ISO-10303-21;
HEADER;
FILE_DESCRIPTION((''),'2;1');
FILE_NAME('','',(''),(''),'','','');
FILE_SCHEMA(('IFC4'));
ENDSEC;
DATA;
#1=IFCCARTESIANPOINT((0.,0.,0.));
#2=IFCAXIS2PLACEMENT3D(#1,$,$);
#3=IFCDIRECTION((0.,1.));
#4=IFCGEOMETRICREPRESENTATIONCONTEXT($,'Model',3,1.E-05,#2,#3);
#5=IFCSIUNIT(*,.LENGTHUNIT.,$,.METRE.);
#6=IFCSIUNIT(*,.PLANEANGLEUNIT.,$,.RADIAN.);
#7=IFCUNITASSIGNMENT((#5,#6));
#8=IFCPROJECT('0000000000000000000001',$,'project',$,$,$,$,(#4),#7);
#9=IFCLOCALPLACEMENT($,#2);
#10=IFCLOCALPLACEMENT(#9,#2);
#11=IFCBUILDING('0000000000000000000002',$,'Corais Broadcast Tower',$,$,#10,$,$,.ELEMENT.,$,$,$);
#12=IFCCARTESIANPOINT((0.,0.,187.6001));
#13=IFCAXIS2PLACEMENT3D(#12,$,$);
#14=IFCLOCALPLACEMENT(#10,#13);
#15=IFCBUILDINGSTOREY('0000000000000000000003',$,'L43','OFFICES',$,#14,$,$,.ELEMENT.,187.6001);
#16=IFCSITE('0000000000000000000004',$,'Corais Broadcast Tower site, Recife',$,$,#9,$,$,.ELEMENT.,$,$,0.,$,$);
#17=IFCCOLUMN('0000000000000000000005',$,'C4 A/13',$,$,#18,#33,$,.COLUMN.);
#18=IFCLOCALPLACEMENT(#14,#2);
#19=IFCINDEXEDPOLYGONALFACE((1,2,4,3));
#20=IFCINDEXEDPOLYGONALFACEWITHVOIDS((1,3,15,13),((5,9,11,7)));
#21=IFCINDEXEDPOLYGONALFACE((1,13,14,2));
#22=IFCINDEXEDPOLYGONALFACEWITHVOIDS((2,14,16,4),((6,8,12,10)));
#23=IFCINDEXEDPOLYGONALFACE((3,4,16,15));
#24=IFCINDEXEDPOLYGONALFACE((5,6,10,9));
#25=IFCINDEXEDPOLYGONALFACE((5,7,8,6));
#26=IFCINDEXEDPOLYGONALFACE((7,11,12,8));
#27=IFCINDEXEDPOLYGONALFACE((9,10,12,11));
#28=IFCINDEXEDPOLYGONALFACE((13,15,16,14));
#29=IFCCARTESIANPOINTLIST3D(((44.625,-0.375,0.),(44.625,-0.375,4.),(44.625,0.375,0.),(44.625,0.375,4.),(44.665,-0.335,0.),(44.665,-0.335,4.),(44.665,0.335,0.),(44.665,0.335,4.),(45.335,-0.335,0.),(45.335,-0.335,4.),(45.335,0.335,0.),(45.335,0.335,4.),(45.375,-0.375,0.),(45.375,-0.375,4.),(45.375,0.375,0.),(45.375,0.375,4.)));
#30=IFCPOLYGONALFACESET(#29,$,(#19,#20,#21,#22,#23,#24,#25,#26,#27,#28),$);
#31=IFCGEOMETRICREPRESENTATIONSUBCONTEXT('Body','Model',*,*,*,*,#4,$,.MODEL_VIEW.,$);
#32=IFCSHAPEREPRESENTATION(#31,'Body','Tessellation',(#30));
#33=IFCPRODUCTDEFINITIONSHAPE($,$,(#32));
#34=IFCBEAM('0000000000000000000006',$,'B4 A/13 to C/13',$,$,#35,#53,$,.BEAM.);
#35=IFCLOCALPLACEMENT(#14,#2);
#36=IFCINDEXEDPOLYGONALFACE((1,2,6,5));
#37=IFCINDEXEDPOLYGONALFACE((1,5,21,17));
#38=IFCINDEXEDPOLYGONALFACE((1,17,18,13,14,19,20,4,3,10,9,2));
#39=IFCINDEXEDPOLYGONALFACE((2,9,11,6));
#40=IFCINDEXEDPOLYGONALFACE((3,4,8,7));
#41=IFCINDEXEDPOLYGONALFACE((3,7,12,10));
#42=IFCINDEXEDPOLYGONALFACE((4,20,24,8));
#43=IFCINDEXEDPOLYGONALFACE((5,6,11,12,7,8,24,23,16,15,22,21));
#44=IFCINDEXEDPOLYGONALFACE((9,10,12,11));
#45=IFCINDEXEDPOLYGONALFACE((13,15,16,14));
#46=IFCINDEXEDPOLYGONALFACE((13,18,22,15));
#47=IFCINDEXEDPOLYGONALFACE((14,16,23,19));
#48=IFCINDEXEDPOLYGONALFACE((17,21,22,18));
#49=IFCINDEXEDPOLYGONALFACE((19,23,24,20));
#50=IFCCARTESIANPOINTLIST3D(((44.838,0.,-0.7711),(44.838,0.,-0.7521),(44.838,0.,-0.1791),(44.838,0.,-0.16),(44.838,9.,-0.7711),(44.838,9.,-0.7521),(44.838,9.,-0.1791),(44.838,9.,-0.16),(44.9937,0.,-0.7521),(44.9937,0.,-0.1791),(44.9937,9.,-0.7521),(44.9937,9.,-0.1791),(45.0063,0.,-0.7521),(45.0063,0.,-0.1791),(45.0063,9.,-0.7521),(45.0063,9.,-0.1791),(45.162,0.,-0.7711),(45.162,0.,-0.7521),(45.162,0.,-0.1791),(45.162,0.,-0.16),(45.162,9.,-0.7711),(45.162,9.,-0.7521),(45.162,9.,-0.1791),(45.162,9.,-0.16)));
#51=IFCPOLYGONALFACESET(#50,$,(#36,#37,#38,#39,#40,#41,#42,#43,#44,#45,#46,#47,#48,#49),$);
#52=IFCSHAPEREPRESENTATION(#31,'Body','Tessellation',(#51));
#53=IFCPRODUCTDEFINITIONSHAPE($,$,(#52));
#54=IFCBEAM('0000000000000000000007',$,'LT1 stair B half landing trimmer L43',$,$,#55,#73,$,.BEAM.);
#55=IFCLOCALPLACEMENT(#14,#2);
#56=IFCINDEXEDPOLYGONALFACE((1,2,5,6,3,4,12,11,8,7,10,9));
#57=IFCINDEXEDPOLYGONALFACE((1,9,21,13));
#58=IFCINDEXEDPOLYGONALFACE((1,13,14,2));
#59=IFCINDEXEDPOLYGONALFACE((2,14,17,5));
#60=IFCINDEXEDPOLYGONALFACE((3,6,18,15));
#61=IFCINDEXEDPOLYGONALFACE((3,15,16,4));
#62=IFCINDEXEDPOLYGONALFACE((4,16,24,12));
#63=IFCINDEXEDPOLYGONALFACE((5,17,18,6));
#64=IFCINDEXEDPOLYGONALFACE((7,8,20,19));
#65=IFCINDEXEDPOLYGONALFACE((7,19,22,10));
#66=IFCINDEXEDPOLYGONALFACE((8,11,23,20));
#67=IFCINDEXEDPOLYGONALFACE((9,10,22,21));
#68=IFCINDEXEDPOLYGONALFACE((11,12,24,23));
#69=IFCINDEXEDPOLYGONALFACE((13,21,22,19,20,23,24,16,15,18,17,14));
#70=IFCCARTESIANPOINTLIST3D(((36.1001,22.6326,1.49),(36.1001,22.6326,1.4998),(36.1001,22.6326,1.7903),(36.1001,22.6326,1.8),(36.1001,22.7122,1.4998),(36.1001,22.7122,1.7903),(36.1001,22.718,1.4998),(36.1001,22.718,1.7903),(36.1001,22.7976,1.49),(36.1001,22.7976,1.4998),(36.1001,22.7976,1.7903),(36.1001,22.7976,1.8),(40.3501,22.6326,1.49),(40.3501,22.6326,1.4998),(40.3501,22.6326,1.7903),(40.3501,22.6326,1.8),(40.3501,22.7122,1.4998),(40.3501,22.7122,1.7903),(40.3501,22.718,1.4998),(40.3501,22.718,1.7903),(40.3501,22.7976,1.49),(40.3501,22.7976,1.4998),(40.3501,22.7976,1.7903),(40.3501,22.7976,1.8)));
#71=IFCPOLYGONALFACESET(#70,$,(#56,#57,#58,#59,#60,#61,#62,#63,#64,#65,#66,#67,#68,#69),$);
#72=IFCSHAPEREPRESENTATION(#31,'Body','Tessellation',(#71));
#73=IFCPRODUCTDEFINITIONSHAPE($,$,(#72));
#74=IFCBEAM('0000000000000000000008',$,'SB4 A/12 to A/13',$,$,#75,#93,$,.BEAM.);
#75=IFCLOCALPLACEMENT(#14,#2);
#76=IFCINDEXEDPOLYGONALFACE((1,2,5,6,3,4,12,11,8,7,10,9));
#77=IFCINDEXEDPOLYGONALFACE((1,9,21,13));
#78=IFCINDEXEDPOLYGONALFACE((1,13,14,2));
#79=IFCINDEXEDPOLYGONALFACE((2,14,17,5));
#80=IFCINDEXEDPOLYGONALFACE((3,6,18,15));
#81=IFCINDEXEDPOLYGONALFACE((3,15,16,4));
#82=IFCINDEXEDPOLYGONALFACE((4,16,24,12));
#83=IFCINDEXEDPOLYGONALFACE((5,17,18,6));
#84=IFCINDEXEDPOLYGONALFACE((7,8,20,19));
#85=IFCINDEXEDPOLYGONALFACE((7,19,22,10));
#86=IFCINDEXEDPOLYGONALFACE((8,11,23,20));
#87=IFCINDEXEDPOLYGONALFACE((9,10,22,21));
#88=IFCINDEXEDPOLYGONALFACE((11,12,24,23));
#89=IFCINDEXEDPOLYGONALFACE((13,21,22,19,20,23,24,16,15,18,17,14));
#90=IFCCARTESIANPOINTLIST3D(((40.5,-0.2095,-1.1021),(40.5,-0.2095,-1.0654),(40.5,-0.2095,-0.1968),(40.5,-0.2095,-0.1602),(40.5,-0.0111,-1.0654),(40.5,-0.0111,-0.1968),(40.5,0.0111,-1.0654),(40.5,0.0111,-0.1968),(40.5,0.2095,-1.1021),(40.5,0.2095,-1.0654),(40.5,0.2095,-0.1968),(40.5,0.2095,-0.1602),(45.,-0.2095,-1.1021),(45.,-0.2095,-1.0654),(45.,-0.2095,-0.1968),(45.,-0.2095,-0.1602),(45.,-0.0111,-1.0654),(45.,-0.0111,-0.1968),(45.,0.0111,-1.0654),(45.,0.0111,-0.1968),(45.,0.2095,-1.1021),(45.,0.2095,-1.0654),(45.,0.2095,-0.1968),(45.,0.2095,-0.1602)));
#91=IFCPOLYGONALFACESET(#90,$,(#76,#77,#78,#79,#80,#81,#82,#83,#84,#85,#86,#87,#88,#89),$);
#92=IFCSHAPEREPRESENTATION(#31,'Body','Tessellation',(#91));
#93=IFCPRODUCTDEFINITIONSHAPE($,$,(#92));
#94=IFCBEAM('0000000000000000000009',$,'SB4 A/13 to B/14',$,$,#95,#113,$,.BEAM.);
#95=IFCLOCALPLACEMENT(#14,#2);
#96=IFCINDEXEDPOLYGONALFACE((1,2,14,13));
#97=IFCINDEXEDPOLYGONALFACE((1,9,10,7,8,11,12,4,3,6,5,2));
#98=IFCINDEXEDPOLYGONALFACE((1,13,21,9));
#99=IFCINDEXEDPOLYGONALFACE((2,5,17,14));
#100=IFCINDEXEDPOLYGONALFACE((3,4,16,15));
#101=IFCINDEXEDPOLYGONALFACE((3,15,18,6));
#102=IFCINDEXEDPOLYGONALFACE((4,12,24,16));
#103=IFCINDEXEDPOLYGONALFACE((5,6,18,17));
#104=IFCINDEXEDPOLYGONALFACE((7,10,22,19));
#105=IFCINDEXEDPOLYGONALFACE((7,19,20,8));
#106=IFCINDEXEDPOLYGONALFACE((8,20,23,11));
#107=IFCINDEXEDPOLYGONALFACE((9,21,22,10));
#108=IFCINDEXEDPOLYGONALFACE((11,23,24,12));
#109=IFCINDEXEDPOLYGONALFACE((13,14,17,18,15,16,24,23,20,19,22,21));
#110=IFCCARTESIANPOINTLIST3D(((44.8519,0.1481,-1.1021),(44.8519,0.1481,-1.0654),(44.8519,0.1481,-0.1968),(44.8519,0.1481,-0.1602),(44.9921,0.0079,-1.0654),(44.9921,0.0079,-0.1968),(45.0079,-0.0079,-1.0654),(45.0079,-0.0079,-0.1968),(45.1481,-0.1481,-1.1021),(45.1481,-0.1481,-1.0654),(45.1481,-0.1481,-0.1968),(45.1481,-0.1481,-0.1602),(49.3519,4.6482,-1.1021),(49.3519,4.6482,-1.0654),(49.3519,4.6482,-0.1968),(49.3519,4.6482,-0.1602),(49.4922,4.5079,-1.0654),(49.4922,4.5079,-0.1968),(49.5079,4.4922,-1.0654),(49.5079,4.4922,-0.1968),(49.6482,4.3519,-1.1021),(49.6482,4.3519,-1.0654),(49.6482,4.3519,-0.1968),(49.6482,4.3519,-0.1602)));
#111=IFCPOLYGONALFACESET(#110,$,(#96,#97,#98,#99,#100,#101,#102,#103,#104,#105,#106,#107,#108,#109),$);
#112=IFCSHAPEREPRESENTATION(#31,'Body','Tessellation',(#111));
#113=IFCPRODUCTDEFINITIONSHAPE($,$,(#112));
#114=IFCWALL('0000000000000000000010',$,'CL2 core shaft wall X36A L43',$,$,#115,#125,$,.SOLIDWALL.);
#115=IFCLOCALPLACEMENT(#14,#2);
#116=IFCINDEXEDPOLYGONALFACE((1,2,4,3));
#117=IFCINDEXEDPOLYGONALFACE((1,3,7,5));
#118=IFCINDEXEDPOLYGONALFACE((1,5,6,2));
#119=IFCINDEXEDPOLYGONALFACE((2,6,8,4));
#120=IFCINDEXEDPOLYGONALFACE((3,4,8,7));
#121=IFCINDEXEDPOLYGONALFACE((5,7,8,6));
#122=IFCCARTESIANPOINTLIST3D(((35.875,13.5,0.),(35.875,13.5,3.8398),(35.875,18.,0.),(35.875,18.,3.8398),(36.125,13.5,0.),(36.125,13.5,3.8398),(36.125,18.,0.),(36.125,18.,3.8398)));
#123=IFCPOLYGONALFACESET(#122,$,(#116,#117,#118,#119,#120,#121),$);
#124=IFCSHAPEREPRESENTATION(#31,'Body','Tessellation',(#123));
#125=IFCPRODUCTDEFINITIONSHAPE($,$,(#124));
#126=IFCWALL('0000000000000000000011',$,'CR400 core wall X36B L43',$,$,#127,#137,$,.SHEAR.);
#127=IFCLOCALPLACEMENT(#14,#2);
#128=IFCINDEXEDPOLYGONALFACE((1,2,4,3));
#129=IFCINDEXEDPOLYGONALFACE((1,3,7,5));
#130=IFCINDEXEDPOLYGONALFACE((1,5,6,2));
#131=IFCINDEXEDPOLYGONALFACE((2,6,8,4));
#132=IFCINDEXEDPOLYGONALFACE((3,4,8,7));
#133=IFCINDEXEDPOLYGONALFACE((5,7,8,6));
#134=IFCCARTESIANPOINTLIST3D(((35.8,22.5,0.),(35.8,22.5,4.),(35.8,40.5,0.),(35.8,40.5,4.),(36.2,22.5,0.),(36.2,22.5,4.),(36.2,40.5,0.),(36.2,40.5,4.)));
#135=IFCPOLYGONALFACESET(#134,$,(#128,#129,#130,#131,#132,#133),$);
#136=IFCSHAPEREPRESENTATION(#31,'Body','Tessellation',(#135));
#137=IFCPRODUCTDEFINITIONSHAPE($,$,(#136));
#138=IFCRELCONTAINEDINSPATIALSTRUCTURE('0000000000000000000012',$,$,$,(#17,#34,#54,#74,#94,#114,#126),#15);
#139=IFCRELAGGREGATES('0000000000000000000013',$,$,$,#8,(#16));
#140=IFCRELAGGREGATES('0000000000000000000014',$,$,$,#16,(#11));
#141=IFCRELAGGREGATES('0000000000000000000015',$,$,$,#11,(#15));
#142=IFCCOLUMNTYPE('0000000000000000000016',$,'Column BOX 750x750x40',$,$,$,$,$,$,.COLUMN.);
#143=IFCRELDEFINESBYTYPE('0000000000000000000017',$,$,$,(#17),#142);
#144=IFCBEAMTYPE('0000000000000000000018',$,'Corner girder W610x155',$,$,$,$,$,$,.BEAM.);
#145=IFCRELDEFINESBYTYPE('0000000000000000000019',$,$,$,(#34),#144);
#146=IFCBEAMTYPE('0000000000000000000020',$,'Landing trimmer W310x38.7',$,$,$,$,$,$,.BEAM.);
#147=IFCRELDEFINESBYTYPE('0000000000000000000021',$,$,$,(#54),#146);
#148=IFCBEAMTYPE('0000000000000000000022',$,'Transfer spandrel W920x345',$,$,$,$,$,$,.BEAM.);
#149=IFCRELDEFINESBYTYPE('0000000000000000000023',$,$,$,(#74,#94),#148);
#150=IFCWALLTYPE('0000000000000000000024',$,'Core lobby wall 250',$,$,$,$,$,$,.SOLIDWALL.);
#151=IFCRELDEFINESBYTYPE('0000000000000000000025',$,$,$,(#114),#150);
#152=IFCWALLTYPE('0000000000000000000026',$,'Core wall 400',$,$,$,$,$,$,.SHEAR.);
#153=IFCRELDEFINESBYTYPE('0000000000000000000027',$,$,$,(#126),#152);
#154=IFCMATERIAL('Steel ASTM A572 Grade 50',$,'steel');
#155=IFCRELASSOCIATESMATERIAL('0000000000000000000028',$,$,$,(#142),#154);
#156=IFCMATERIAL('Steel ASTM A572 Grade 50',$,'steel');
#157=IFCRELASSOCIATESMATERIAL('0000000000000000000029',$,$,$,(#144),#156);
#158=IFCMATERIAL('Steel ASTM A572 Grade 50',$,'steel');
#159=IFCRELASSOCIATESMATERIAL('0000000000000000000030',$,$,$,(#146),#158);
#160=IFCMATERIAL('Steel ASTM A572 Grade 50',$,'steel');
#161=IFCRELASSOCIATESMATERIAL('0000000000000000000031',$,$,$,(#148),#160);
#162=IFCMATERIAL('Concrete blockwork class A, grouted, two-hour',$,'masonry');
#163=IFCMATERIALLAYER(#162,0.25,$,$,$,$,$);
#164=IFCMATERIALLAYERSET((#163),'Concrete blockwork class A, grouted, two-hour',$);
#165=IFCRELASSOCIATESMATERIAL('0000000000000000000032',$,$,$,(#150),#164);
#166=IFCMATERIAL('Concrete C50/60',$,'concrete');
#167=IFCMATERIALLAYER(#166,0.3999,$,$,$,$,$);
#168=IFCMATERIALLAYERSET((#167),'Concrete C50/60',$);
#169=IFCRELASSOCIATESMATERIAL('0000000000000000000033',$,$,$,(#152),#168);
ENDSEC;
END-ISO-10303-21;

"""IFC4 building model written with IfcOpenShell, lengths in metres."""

from ifc_helpers import new_model, si_unit, direction, frame, frame_2d, origin, origin_2d, place, context, subcontext, project, spatial, rectangle, hollow_rectangle, i_section, extrude, material, layer, layer_set, material_profile, profile_set, type_object, element, save


model = new_model("IFC4")

# Units and contexts
model_context = context("Model", 3, precision=1e-05, world=origin(), true_north=direction((0.0, 1.0)))
body_context = subcontext(model_context, "Body", "Model", "MODEL_VIEW")
ifc_project = project(units=[si_unit("LENGTHUNIT", "METRE"), si_unit("PLANEANGLEUNIT", "RADIAN")], contexts=[model_context])

# Site, building, storey
site_placement = place(None, origin())
site = spatial("IfcSite", under=ifc_project, at=site_placement, Name="Corais Broadcast Tower site, Recife", CompositionType="ELEMENT", RefElevation=0.0)
building_placement = place(site_placement, origin())
building = spatial("IfcBuilding", under=site, at=building_placement, Name="Corais Broadcast Tower", CompositionType="ELEMENT")
storey_placement = place(building_placement, frame((0.0, 0.0, 187.6001)))
storey = spatial("IfcBuildingStorey", under=building, at=storey_placement, Name="L43", Description="OFFICES", CompositionType="ELEMENT", Elevation=187.6001)

# Column
ifc_material_1 = material(Name="Steel ASTM A572 Grade 50", Category="steel")
ifc_material_profile_1 = material_profile(ifc_material_1, hollow_rectangle(XDim=0.75, YDim=0.75, WallThickness=0.04, at=origin_2d()), Name="BOX 750x750x40")
ifc_profile_set_1 = profile_set([ifc_material_profile_1], Name="Steel ASTM A572 Grade 50")
column_type = type_object("IfcColumnType", Name="Column BOX 750x750x40", PredefinedType="COLUMN", material=ifc_profile_set_1)
column_placement = place(storey_placement, frame((45.0, 0.0, 0.0), z_axis=(0.0, 0.0, 1.0), x_axis=(1.0, 0.0, 0.0)))
element("IfcColumn", 1, at=column_placement, inside=storey, type_object=column_type, Name="C4 A/13", PredefinedType="COLUMN", context=body_context, shape_type="SweptSolid", body=[
    extrude(hollow_rectangle(XDim=0.75, YDim=0.75, WallThickness=0.04, at=origin_2d()), origin(), (0.0, 0.0, 1.0), 4.0),
])

# Beams
ifc_material_2 = material(Name="Steel ASTM A572 Grade 50", Category="steel")
ifc_material_profile_2 = material_profile(ifc_material_2, i_section(OverallWidth=0.324, OverallDepth=0.6111, WebThickness=0.0127, FlangeThickness=0.019, at=origin_2d()), Name="W610x155")
ifc_profile_set_2 = profile_set([ifc_material_profile_2], Name="Steel ASTM A572 Grade 50")
beam_type_1 = type_object("IfcBeamType", Name="Corner girder W610x155", PredefinedType="BEAM", material=ifc_profile_set_2)
beam_1_placement = place(storey_placement, frame((45.0, 0.0, -0.4656), z_axis=(0.0, 1.0, 0.0), x_axis=(-1.0, 0.0, 0.0)))
element("IfcBeam", 2, at=beam_1_placement, inside=storey, type_object=beam_type_1, Name="B4 A/13 to C/13", PredefinedType="BEAM", context=body_context, shape_type="SweptSolid", body=[
    extrude(i_section(OverallWidth=0.324, OverallDepth=0.6111, WebThickness=0.0127, FlangeThickness=0.019, at=origin_2d()), origin(), (0.0, 0.0, 1.0), 9.0),
])
ifc_material_3 = material(Name="Steel ASTM A572 Grade 50", Category="steel")
ifc_material_profile_3 = material_profile(ifc_material_3, i_section(OverallWidth=0.165, OverallDepth=0.3101, WebThickness=0.0059, FlangeThickness=0.0098, at=origin_2d()), Name="W310x38.7")
ifc_profile_set_3 = profile_set([ifc_material_profile_3], Name="Steel ASTM A572 Grade 50")
beam_type_2 = type_object("IfcBeamType", Name="Landing trimmer W310x38.7", PredefinedType="BEAM", material=ifc_profile_set_3)
beam_2_placement = place(storey_placement, frame((36.1001, 22.7151, 1.645), z_axis=(1.0, 0.0, 0.0), x_axis=(0.0, 1.0, 0.0)))
element("IfcBeam", 3, at=beam_2_placement, inside=storey, type_object=beam_type_2, Name="LT1 stair B half landing trimmer L43", PredefinedType="BEAM", context=body_context, shape_type="SweptSolid", body=[
    extrude(i_section(OverallWidth=0.165, OverallDepth=0.3101, WebThickness=0.0059, FlangeThickness=0.0098, at=origin_2d()), origin(), (0.0, 0.0, 1.0), 4.25),
])
ifc_material_4 = material(Name="Steel ASTM A572 Grade 50", Category="steel")
ifc_material_profile_4 = material_profile(ifc_material_4, i_section(OverallWidth=0.4189, OverallDepth=0.9419, WebThickness=0.0222, FlangeThickness=0.0366, at=origin_2d()), Name="W920x345")
ifc_profile_set_4 = profile_set([ifc_material_profile_4], Name="Steel ASTM A572 Grade 50")
beam_type_3 = type_object("IfcBeamType", Name="Transfer spandrel W920x345", PredefinedType="BEAM", material=ifc_profile_set_4)
beam_3_placement = place(storey_placement, frame((40.5, 0.0, -0.6311), z_axis=(1.0, 0.0, 0.0), x_axis=(0.0, 1.0, 0.0)))
element("IfcBeam", 4, at=beam_3_placement, inside=storey, type_object=beam_type_3, Name="SB4 A/12 to A/13", PredefinedType="BEAM", context=body_context, shape_type="SweptSolid", body=[
    extrude(i_section(OverallWidth=0.4189, OverallDepth=0.9419, WebThickness=0.0222, FlangeThickness=0.0366, at=origin_2d()), origin(), (0.0, 0.0, 1.0), 4.5),
])
beam_4_placement = place(storey_placement, frame((45.0, 0.0, -0.6311), z_axis=(0.707107, 0.707107, 0.0), x_axis=(-0.707107, 0.707107, 0.0)))
element("IfcBeam", 5, at=beam_4_placement, inside=storey, type_object=beam_type_3, Name="SB4 A/13 to B/14", PredefinedType="BEAM", context=body_context, shape_type="SweptSolid", body=[
    extrude(i_section(OverallWidth=0.4189, OverallDepth=0.9419, WebThickness=0.0222, FlangeThickness=0.0366, at=origin_2d()), origin(), (0.0, 0.0, 1.0), 6.364),
])

# Walls
ifc_material_5 = material(Name="Concrete blockwork class A, grouted, two-hour", Category="masonry")
ifc_layer_1 = layer(ifc_material_5, 0.25)
ifc_layer_set_1 = layer_set([ifc_layer_1], Name="Concrete blockwork class A, grouted, two-hour")
wall_type_1 = type_object("IfcWallType", Name="Core lobby wall 250", PredefinedType="SOLIDWALL", material=ifc_layer_set_1)
wall_1_placement = place(storey_placement, frame((36.0, 13.5, 0.0), z_axis=(0.0, 0.0, 1.0), x_axis=(0.0, 1.0, 0.0)))
element("IfcWall", 6, at=wall_1_placement, inside=storey, type_object=wall_type_1, Name="CL2 core shaft wall X36A L43", PredefinedType="SOLIDWALL", context=body_context, shape_type="SweptSolid", body=[
    extrude(rectangle(XDim=4.5, YDim=0.25, at=frame_2d((2.25, 0.0))), origin(), (0.0, 0.0, 1.0), 3.8398),
])
ifc_material_6 = material(Name="Concrete C50/60", Category="concrete")
ifc_layer_2 = layer(ifc_material_6, 0.3999)
ifc_layer_set_2 = layer_set([ifc_layer_2], Name="Concrete C50/60")
wall_type_2 = type_object("IfcWallType", Name="Core wall 400", PredefinedType="SHEAR", material=ifc_layer_set_2)
wall_2_placement = place(storey_placement, frame((36.0, 22.5, 0.0), z_axis=(0.0, 0.0, 1.0), x_axis=(0.0, 1.0, 0.0)))
element("IfcWall", 7, at=wall_2_placement, inside=storey, type_object=wall_type_2, Name="CR400 core wall X36B L43", PredefinedType="SHEAR", context=body_context, shape_type="SweptSolid", body=[
    extrude(rectangle(XDim=18.0, YDim=0.3999, at=frame_2d((9.0, 0.0))), origin(), (0.0, 0.0, 1.0), 4.0),
])

save(model, "model.ifc")
